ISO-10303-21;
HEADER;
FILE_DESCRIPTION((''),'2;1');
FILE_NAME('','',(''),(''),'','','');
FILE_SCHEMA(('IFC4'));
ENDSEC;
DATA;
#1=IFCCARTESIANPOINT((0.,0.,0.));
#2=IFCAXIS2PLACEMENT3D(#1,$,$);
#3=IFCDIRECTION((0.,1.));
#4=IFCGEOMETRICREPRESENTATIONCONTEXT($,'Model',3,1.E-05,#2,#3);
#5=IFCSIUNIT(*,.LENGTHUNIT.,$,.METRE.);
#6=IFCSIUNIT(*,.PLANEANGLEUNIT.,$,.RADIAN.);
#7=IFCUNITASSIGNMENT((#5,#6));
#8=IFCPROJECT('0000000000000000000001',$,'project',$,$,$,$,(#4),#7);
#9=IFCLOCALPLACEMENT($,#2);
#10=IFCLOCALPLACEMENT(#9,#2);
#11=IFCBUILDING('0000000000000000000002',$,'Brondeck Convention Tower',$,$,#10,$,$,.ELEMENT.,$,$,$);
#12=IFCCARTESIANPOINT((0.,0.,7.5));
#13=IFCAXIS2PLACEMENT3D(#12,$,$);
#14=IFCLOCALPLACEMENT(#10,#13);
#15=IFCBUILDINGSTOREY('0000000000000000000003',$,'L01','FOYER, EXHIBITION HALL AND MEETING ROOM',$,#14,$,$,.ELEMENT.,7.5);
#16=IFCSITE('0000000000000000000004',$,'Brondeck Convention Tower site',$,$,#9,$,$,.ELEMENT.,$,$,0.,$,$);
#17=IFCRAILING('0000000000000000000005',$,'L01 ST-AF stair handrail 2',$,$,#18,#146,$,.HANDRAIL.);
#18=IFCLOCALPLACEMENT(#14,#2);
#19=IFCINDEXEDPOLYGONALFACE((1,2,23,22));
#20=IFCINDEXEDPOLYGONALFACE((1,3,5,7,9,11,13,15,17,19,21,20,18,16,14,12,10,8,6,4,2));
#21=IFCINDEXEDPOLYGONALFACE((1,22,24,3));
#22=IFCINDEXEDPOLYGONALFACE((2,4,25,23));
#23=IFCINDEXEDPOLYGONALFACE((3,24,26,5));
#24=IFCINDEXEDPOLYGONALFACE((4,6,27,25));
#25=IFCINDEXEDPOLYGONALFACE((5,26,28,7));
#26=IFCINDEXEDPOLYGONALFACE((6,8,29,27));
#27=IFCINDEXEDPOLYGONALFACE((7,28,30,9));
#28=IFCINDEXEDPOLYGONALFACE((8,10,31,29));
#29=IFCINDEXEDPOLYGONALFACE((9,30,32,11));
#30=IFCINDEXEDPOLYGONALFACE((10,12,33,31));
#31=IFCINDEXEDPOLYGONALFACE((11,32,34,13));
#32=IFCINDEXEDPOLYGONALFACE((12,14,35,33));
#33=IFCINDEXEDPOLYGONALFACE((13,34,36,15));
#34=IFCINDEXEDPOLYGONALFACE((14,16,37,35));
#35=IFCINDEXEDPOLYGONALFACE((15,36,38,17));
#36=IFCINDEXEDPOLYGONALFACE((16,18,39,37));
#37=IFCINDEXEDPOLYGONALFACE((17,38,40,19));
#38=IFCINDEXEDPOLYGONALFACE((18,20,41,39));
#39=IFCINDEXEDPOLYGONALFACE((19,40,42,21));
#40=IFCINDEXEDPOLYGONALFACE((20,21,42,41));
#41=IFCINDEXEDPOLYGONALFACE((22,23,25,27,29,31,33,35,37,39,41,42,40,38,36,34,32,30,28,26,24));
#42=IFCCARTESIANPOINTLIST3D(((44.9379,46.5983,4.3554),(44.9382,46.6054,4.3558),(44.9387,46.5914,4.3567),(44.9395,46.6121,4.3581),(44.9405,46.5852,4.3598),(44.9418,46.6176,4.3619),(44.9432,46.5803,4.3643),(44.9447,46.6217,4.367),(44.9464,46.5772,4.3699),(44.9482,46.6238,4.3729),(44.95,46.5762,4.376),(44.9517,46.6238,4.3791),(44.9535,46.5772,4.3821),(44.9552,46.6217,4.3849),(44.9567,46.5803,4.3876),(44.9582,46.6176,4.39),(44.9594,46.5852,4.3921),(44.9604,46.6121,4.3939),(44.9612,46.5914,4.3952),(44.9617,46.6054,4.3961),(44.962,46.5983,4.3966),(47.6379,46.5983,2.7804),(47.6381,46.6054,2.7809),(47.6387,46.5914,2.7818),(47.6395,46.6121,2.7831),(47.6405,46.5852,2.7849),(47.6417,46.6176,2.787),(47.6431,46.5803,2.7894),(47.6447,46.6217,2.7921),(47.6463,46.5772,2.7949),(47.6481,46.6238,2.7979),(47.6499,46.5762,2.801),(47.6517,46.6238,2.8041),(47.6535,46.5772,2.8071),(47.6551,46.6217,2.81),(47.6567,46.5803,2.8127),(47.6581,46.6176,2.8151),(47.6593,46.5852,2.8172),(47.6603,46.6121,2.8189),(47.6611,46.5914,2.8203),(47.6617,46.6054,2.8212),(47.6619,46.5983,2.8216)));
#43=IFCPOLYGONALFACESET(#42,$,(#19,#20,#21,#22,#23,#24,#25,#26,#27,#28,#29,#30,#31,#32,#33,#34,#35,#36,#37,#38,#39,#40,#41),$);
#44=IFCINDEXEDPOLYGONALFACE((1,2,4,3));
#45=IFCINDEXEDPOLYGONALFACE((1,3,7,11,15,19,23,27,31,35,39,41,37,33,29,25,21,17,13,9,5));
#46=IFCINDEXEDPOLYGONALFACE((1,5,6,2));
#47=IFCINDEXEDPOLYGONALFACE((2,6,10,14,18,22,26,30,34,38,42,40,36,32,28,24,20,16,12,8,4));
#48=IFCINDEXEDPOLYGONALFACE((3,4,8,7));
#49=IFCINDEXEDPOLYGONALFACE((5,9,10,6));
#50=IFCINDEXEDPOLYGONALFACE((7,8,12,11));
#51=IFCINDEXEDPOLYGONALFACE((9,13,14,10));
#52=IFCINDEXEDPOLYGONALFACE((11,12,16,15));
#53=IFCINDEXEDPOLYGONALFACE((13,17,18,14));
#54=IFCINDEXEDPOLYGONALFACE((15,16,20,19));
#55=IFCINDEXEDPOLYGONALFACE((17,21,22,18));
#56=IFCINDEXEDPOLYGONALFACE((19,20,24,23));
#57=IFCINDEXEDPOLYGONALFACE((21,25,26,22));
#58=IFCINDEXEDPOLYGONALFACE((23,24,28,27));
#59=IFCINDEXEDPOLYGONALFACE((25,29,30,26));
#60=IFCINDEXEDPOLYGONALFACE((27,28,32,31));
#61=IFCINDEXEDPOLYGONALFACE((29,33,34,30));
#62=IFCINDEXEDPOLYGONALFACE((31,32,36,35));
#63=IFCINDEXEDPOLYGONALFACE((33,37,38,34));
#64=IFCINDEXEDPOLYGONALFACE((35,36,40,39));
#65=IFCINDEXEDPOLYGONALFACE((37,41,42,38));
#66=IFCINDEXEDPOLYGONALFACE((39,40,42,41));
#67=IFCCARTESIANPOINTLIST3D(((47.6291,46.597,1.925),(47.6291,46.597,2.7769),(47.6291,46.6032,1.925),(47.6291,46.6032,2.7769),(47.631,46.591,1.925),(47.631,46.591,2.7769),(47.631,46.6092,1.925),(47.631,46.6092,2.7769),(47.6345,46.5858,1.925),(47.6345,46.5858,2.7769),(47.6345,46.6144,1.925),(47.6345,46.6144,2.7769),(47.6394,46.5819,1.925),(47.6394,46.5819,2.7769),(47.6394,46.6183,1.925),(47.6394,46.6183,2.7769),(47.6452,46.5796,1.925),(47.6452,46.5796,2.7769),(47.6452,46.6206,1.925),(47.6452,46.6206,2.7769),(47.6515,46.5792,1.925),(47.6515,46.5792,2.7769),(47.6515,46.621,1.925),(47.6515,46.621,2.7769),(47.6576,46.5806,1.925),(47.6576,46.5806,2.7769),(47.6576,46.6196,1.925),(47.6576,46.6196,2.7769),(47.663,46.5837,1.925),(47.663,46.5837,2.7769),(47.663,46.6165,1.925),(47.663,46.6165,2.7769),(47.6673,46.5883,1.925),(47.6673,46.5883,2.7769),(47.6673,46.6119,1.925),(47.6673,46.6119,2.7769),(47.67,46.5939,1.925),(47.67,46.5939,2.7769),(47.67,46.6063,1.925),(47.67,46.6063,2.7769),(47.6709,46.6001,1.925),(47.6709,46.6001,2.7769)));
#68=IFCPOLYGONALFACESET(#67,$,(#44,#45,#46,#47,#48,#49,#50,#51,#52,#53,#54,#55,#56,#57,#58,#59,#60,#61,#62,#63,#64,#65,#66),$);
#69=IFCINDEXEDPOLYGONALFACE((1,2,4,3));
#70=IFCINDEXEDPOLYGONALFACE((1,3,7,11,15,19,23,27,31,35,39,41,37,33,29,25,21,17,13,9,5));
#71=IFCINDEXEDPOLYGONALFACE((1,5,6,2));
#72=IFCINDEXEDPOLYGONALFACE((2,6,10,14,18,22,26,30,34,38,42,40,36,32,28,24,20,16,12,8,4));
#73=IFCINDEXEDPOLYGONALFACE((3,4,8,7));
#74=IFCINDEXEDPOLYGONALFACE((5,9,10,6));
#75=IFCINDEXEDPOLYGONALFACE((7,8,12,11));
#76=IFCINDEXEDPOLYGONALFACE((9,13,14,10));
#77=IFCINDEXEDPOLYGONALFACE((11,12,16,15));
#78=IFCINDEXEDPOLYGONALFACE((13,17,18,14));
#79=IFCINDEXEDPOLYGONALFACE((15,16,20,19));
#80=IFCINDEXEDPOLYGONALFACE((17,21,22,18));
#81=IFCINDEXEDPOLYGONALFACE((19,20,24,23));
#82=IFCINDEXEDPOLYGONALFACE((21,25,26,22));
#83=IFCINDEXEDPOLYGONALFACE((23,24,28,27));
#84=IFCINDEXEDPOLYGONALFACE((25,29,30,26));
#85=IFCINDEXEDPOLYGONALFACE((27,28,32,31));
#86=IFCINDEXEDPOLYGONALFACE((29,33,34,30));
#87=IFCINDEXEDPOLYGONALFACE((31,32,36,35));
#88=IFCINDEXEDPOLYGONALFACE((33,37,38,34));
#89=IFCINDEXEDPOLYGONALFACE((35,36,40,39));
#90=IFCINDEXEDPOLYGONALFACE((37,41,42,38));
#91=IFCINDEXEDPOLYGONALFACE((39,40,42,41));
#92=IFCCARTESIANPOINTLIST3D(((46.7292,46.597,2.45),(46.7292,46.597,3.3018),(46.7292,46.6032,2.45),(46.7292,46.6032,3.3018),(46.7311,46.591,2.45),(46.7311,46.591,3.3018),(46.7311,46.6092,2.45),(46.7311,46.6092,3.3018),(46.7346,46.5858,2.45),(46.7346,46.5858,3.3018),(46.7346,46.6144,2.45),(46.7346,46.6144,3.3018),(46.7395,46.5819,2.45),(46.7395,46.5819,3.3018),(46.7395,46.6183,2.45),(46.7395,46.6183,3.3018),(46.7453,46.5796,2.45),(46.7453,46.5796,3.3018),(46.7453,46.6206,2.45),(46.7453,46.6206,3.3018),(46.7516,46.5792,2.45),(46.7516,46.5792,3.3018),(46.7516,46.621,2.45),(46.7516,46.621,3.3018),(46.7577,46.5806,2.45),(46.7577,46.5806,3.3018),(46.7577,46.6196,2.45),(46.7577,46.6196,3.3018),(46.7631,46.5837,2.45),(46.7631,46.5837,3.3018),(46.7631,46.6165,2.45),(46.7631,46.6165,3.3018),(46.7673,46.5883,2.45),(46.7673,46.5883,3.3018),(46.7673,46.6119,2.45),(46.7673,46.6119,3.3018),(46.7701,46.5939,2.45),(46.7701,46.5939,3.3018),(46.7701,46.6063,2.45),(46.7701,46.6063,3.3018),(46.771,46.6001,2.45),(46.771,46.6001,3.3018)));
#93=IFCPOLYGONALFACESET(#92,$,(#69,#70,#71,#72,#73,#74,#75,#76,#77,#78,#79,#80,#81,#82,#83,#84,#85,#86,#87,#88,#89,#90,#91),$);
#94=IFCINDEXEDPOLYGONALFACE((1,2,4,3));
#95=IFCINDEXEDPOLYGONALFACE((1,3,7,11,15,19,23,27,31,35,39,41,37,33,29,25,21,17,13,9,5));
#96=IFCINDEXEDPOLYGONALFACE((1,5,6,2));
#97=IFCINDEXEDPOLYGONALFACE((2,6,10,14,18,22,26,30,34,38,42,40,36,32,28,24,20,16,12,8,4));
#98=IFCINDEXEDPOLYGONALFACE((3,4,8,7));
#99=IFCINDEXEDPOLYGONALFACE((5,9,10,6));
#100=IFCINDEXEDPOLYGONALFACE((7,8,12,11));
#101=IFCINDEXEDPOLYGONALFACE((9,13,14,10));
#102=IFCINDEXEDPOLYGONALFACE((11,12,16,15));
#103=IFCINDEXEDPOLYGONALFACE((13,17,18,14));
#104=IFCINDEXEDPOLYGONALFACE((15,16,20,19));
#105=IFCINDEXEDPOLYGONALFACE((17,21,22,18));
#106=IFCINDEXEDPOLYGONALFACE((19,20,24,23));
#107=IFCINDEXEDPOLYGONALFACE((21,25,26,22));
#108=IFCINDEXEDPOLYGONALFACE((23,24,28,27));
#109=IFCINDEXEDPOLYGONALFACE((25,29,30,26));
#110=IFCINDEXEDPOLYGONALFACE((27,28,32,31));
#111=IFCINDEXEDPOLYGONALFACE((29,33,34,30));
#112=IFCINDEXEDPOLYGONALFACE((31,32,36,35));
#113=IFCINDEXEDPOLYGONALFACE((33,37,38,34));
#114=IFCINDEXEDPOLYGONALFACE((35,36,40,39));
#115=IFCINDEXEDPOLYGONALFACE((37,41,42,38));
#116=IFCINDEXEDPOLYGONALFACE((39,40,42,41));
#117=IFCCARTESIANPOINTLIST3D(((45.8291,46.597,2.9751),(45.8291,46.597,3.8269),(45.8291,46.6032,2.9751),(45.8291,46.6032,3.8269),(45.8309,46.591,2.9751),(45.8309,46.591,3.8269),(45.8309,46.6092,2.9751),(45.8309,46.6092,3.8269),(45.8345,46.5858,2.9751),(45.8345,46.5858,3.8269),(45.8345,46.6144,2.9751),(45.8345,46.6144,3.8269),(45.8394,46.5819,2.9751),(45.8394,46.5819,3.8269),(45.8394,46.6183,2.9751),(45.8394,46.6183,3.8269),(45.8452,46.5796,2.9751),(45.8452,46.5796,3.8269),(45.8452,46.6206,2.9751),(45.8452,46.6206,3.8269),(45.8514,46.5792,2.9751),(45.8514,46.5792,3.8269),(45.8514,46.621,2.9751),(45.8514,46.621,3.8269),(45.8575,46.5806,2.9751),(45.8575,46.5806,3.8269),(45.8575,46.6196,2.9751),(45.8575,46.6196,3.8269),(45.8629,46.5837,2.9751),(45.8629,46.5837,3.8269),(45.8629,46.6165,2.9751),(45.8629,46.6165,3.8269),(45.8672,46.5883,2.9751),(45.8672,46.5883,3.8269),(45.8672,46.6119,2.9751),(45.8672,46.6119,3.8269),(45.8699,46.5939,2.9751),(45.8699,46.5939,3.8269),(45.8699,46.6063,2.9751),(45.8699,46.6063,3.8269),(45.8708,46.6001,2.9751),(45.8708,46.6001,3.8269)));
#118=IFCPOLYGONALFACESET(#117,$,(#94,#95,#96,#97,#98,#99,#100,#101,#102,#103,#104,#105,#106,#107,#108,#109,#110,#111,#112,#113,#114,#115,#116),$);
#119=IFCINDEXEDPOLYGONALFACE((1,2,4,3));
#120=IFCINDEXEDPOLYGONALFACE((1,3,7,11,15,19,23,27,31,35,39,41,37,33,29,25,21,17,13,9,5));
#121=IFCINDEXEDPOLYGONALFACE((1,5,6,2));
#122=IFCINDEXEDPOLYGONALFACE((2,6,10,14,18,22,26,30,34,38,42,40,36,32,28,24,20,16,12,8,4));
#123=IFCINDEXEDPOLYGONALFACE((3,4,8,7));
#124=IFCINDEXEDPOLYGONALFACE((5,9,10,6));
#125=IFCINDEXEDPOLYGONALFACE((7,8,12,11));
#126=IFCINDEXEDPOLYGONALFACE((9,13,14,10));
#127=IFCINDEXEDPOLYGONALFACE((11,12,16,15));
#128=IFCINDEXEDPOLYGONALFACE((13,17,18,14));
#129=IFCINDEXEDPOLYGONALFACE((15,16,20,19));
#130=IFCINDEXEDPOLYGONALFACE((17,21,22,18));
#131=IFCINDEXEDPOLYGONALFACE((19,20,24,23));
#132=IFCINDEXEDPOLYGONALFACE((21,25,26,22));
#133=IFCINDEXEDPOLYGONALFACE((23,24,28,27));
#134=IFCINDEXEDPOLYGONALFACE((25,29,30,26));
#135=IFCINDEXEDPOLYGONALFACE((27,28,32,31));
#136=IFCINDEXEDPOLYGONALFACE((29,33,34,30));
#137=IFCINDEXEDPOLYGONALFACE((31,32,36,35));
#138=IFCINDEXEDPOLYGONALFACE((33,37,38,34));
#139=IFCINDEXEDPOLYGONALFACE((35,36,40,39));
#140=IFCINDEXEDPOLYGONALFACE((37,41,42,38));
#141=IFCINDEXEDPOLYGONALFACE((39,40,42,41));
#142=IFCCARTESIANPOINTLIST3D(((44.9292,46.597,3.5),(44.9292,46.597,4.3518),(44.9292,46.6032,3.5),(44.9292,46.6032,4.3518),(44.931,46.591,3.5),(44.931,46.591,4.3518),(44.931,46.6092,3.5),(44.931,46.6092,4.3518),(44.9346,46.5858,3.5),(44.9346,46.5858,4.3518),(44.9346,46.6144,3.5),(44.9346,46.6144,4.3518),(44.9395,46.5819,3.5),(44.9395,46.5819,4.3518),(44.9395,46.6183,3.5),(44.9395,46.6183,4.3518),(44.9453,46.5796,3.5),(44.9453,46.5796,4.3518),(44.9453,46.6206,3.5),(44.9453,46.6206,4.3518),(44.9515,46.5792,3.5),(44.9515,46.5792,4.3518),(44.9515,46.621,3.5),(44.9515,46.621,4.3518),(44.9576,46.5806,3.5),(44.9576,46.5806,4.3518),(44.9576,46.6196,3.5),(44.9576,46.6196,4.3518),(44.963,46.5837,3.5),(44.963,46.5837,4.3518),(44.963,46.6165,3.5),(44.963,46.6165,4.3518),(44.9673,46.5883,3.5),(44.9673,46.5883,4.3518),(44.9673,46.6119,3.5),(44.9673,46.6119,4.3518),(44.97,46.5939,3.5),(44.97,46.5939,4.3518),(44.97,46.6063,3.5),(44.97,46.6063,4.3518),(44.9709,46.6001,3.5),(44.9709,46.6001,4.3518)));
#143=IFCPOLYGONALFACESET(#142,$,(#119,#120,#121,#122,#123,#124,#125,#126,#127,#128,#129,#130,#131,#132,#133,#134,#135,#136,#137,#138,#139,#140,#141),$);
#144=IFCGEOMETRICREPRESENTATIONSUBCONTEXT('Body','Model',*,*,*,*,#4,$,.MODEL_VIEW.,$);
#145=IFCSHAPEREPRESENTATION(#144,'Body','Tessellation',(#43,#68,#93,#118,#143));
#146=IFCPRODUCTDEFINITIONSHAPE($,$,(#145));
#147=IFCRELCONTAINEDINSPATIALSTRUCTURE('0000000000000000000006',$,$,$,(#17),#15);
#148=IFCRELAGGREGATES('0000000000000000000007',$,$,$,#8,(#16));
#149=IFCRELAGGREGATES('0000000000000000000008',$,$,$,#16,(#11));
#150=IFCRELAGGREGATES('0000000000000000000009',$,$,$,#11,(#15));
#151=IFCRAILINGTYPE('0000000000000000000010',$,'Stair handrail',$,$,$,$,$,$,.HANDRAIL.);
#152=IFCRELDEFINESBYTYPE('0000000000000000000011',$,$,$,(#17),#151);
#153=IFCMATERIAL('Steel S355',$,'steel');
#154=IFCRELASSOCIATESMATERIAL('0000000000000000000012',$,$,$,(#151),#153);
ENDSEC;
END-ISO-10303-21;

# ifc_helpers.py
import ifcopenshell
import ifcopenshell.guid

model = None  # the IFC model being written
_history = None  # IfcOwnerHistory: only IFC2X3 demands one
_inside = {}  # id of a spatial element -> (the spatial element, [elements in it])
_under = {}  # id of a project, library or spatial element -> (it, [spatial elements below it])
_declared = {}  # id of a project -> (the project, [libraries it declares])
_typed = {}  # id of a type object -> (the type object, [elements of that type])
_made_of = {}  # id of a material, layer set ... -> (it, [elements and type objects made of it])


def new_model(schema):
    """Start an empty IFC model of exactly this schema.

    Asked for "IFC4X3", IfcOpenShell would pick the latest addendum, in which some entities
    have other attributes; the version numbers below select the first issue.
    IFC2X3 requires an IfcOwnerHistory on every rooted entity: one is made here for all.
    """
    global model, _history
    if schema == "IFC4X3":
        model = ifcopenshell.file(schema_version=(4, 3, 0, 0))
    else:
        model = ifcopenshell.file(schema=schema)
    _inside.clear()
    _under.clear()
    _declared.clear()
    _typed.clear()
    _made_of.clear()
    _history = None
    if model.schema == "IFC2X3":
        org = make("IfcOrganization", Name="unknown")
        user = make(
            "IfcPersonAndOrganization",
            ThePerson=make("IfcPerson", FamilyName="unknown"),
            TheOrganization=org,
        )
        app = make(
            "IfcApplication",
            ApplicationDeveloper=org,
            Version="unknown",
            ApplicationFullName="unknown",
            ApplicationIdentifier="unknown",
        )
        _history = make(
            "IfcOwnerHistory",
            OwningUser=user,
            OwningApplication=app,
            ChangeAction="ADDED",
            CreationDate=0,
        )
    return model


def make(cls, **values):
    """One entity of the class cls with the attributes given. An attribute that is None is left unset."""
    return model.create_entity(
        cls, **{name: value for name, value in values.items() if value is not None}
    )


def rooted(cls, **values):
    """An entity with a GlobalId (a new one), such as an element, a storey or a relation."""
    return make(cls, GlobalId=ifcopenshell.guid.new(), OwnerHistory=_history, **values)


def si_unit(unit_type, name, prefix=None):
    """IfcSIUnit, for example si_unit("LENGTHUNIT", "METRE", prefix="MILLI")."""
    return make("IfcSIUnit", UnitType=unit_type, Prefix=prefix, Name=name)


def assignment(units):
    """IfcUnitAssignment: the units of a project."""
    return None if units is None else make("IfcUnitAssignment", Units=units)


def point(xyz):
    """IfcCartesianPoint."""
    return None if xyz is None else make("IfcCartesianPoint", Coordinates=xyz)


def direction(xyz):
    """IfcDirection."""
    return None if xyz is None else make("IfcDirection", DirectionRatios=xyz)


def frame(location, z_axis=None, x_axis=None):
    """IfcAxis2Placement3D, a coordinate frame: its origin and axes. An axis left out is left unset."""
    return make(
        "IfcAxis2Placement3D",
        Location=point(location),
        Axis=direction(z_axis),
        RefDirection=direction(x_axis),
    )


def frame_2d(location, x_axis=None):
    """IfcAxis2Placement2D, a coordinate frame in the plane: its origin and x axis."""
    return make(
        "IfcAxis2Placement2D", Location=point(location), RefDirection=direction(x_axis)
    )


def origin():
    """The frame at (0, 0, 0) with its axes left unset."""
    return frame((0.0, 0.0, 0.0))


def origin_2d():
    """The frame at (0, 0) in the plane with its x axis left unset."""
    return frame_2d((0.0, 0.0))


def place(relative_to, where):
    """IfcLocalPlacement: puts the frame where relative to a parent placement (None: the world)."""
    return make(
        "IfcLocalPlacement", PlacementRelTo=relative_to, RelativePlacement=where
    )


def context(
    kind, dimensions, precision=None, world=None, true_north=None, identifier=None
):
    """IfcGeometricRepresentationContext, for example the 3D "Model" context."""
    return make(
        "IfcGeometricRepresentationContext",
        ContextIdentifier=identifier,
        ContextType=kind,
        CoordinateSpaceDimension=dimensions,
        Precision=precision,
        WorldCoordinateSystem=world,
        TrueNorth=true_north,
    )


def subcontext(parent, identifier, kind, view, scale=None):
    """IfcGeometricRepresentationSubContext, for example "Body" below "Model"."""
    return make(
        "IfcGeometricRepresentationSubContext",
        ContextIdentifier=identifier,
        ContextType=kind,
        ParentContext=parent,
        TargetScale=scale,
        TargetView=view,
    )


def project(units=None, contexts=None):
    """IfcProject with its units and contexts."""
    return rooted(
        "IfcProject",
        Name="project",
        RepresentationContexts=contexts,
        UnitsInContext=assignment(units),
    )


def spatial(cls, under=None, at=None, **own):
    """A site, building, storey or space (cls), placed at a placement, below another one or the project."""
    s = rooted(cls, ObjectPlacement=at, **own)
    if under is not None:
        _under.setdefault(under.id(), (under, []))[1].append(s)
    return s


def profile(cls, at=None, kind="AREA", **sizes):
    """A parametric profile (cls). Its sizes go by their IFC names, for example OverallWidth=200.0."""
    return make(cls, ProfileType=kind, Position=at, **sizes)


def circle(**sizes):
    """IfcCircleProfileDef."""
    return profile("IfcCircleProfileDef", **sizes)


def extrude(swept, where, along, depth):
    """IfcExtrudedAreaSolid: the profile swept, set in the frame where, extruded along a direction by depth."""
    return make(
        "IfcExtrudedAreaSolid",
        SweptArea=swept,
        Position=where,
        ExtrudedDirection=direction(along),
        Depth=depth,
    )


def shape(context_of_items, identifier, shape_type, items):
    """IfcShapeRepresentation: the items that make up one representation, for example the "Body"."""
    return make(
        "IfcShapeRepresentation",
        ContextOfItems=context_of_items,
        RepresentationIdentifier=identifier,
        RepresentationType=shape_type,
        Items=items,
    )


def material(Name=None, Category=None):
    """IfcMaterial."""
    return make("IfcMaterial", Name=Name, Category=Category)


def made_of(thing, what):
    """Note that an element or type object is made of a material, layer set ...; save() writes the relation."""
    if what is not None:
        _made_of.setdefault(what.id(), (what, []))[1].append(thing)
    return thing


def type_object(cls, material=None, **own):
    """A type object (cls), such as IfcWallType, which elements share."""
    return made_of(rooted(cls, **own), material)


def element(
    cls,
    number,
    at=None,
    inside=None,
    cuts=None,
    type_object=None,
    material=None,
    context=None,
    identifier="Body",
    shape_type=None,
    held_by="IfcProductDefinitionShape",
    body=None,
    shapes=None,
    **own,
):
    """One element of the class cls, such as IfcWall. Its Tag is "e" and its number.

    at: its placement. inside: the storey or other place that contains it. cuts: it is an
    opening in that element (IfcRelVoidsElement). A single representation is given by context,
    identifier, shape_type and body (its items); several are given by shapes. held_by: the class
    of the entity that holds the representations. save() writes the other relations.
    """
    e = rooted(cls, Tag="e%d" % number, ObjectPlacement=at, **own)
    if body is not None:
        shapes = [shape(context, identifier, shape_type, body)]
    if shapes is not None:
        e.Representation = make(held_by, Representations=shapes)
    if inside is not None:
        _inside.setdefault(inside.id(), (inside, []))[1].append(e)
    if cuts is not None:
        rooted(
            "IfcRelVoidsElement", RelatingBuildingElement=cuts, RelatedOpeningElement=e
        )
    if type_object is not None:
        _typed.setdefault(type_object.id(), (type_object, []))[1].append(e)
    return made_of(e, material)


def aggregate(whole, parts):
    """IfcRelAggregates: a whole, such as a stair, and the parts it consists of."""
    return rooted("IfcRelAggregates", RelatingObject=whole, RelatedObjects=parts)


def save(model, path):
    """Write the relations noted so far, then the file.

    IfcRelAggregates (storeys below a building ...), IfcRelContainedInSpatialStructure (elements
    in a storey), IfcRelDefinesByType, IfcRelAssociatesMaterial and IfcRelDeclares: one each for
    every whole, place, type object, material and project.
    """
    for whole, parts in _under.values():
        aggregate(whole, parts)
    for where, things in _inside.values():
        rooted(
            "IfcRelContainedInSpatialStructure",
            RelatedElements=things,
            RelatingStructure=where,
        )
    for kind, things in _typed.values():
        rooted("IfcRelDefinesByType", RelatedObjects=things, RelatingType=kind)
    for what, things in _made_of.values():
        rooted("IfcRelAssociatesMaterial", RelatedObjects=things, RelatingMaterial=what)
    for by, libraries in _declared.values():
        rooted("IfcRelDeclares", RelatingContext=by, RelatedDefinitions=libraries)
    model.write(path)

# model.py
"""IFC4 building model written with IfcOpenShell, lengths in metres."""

from ifc_helpers import new_model, si_unit, direction, frame, origin, origin_2d, place, context, subcontext, project, spatial, circle, extrude, material, type_object, element, save


model = new_model("IFC4")

# Units and contexts
model_context = context("Model", 3, precision=1e-05, world=origin(), true_north=direction((0.0, 1.0)))
body_context = subcontext(model_context, "Body", "Model", "MODEL_VIEW")
ifc_project = project(units=[si_unit("LENGTHUNIT", "METRE"), si_unit("PLANEANGLEUNIT", "RADIAN")], contexts=[model_context])

# Site, building, storey
site_placement = place(None, origin())
site = spatial("IfcSite", under=ifc_project, at=site_placement, Name="Brondeck Convention Tower site", CompositionType="ELEMENT", RefElevation=0.0)
building_placement = place(site_placement, origin())
building = spatial("IfcBuilding", under=site, at=building_placement, Name="Brondeck Convention Tower", CompositionType="ELEMENT")
storey_placement = place(building_placement, frame((0.0, 0.0, 7.5)))
storey = spatial("IfcBuildingStorey", under=building, at=storey_placement, Name="L01", Description="FOYER, EXHIBITION HALL AND MEETING ROOM", CompositionType="ELEMENT", Elevation=7.5)

# Shared definitions
ifc_material_1 = material(Name="Steel S355", Category="steel")

# Railing
railing_type_1 = type_object("IfcRailingType", Name="Stair handrail", PredefinedType="HANDRAIL", material=ifc_material_1)
railing_1_placement = place(storey_placement, frame((47.6499, 46.6001, 1.925)))
element("IfcRailing", 1, at=railing_1_placement, inside=storey, type_object=railing_type_1, Name="L01 ST-AF stair handrail 2", PredefinedType="HANDRAIL", context=body_context, shape_type="SweptSolid", body=[
    extrude(circle(Radius=0.0239, at=origin_2d()), frame((0.0, 0.0, 0.876), z_axis=(-0.863782, 0.0, 0.503866), x_axis=(0.0, -1.0, 0.0)), (0.0, 0.0, 1.0), 3.1257),
    extrude(circle(Radius=0.021, at=origin_2d()), origin(), (0.0, 0.0, 1.0), 0.8518),
    extrude(circle(Radius=0.021, at=origin_2d()), frame((-0.8999, 0.0, 0.5249)), (0.0, 0.0, 1.0), 0.8518),
    extrude(circle(Radius=0.021, at=origin_2d()), frame((-1.8, 0.0, 1.05)), (0.0, 0.0, 1.0), 0.8518),
    extrude(circle(Radius=0.021, at=origin_2d()), frame((-2.7, 0.0, 1.575)), (0.0, 0.0, 1.0), 0.8518),
])

save(model, "model.ifc")
